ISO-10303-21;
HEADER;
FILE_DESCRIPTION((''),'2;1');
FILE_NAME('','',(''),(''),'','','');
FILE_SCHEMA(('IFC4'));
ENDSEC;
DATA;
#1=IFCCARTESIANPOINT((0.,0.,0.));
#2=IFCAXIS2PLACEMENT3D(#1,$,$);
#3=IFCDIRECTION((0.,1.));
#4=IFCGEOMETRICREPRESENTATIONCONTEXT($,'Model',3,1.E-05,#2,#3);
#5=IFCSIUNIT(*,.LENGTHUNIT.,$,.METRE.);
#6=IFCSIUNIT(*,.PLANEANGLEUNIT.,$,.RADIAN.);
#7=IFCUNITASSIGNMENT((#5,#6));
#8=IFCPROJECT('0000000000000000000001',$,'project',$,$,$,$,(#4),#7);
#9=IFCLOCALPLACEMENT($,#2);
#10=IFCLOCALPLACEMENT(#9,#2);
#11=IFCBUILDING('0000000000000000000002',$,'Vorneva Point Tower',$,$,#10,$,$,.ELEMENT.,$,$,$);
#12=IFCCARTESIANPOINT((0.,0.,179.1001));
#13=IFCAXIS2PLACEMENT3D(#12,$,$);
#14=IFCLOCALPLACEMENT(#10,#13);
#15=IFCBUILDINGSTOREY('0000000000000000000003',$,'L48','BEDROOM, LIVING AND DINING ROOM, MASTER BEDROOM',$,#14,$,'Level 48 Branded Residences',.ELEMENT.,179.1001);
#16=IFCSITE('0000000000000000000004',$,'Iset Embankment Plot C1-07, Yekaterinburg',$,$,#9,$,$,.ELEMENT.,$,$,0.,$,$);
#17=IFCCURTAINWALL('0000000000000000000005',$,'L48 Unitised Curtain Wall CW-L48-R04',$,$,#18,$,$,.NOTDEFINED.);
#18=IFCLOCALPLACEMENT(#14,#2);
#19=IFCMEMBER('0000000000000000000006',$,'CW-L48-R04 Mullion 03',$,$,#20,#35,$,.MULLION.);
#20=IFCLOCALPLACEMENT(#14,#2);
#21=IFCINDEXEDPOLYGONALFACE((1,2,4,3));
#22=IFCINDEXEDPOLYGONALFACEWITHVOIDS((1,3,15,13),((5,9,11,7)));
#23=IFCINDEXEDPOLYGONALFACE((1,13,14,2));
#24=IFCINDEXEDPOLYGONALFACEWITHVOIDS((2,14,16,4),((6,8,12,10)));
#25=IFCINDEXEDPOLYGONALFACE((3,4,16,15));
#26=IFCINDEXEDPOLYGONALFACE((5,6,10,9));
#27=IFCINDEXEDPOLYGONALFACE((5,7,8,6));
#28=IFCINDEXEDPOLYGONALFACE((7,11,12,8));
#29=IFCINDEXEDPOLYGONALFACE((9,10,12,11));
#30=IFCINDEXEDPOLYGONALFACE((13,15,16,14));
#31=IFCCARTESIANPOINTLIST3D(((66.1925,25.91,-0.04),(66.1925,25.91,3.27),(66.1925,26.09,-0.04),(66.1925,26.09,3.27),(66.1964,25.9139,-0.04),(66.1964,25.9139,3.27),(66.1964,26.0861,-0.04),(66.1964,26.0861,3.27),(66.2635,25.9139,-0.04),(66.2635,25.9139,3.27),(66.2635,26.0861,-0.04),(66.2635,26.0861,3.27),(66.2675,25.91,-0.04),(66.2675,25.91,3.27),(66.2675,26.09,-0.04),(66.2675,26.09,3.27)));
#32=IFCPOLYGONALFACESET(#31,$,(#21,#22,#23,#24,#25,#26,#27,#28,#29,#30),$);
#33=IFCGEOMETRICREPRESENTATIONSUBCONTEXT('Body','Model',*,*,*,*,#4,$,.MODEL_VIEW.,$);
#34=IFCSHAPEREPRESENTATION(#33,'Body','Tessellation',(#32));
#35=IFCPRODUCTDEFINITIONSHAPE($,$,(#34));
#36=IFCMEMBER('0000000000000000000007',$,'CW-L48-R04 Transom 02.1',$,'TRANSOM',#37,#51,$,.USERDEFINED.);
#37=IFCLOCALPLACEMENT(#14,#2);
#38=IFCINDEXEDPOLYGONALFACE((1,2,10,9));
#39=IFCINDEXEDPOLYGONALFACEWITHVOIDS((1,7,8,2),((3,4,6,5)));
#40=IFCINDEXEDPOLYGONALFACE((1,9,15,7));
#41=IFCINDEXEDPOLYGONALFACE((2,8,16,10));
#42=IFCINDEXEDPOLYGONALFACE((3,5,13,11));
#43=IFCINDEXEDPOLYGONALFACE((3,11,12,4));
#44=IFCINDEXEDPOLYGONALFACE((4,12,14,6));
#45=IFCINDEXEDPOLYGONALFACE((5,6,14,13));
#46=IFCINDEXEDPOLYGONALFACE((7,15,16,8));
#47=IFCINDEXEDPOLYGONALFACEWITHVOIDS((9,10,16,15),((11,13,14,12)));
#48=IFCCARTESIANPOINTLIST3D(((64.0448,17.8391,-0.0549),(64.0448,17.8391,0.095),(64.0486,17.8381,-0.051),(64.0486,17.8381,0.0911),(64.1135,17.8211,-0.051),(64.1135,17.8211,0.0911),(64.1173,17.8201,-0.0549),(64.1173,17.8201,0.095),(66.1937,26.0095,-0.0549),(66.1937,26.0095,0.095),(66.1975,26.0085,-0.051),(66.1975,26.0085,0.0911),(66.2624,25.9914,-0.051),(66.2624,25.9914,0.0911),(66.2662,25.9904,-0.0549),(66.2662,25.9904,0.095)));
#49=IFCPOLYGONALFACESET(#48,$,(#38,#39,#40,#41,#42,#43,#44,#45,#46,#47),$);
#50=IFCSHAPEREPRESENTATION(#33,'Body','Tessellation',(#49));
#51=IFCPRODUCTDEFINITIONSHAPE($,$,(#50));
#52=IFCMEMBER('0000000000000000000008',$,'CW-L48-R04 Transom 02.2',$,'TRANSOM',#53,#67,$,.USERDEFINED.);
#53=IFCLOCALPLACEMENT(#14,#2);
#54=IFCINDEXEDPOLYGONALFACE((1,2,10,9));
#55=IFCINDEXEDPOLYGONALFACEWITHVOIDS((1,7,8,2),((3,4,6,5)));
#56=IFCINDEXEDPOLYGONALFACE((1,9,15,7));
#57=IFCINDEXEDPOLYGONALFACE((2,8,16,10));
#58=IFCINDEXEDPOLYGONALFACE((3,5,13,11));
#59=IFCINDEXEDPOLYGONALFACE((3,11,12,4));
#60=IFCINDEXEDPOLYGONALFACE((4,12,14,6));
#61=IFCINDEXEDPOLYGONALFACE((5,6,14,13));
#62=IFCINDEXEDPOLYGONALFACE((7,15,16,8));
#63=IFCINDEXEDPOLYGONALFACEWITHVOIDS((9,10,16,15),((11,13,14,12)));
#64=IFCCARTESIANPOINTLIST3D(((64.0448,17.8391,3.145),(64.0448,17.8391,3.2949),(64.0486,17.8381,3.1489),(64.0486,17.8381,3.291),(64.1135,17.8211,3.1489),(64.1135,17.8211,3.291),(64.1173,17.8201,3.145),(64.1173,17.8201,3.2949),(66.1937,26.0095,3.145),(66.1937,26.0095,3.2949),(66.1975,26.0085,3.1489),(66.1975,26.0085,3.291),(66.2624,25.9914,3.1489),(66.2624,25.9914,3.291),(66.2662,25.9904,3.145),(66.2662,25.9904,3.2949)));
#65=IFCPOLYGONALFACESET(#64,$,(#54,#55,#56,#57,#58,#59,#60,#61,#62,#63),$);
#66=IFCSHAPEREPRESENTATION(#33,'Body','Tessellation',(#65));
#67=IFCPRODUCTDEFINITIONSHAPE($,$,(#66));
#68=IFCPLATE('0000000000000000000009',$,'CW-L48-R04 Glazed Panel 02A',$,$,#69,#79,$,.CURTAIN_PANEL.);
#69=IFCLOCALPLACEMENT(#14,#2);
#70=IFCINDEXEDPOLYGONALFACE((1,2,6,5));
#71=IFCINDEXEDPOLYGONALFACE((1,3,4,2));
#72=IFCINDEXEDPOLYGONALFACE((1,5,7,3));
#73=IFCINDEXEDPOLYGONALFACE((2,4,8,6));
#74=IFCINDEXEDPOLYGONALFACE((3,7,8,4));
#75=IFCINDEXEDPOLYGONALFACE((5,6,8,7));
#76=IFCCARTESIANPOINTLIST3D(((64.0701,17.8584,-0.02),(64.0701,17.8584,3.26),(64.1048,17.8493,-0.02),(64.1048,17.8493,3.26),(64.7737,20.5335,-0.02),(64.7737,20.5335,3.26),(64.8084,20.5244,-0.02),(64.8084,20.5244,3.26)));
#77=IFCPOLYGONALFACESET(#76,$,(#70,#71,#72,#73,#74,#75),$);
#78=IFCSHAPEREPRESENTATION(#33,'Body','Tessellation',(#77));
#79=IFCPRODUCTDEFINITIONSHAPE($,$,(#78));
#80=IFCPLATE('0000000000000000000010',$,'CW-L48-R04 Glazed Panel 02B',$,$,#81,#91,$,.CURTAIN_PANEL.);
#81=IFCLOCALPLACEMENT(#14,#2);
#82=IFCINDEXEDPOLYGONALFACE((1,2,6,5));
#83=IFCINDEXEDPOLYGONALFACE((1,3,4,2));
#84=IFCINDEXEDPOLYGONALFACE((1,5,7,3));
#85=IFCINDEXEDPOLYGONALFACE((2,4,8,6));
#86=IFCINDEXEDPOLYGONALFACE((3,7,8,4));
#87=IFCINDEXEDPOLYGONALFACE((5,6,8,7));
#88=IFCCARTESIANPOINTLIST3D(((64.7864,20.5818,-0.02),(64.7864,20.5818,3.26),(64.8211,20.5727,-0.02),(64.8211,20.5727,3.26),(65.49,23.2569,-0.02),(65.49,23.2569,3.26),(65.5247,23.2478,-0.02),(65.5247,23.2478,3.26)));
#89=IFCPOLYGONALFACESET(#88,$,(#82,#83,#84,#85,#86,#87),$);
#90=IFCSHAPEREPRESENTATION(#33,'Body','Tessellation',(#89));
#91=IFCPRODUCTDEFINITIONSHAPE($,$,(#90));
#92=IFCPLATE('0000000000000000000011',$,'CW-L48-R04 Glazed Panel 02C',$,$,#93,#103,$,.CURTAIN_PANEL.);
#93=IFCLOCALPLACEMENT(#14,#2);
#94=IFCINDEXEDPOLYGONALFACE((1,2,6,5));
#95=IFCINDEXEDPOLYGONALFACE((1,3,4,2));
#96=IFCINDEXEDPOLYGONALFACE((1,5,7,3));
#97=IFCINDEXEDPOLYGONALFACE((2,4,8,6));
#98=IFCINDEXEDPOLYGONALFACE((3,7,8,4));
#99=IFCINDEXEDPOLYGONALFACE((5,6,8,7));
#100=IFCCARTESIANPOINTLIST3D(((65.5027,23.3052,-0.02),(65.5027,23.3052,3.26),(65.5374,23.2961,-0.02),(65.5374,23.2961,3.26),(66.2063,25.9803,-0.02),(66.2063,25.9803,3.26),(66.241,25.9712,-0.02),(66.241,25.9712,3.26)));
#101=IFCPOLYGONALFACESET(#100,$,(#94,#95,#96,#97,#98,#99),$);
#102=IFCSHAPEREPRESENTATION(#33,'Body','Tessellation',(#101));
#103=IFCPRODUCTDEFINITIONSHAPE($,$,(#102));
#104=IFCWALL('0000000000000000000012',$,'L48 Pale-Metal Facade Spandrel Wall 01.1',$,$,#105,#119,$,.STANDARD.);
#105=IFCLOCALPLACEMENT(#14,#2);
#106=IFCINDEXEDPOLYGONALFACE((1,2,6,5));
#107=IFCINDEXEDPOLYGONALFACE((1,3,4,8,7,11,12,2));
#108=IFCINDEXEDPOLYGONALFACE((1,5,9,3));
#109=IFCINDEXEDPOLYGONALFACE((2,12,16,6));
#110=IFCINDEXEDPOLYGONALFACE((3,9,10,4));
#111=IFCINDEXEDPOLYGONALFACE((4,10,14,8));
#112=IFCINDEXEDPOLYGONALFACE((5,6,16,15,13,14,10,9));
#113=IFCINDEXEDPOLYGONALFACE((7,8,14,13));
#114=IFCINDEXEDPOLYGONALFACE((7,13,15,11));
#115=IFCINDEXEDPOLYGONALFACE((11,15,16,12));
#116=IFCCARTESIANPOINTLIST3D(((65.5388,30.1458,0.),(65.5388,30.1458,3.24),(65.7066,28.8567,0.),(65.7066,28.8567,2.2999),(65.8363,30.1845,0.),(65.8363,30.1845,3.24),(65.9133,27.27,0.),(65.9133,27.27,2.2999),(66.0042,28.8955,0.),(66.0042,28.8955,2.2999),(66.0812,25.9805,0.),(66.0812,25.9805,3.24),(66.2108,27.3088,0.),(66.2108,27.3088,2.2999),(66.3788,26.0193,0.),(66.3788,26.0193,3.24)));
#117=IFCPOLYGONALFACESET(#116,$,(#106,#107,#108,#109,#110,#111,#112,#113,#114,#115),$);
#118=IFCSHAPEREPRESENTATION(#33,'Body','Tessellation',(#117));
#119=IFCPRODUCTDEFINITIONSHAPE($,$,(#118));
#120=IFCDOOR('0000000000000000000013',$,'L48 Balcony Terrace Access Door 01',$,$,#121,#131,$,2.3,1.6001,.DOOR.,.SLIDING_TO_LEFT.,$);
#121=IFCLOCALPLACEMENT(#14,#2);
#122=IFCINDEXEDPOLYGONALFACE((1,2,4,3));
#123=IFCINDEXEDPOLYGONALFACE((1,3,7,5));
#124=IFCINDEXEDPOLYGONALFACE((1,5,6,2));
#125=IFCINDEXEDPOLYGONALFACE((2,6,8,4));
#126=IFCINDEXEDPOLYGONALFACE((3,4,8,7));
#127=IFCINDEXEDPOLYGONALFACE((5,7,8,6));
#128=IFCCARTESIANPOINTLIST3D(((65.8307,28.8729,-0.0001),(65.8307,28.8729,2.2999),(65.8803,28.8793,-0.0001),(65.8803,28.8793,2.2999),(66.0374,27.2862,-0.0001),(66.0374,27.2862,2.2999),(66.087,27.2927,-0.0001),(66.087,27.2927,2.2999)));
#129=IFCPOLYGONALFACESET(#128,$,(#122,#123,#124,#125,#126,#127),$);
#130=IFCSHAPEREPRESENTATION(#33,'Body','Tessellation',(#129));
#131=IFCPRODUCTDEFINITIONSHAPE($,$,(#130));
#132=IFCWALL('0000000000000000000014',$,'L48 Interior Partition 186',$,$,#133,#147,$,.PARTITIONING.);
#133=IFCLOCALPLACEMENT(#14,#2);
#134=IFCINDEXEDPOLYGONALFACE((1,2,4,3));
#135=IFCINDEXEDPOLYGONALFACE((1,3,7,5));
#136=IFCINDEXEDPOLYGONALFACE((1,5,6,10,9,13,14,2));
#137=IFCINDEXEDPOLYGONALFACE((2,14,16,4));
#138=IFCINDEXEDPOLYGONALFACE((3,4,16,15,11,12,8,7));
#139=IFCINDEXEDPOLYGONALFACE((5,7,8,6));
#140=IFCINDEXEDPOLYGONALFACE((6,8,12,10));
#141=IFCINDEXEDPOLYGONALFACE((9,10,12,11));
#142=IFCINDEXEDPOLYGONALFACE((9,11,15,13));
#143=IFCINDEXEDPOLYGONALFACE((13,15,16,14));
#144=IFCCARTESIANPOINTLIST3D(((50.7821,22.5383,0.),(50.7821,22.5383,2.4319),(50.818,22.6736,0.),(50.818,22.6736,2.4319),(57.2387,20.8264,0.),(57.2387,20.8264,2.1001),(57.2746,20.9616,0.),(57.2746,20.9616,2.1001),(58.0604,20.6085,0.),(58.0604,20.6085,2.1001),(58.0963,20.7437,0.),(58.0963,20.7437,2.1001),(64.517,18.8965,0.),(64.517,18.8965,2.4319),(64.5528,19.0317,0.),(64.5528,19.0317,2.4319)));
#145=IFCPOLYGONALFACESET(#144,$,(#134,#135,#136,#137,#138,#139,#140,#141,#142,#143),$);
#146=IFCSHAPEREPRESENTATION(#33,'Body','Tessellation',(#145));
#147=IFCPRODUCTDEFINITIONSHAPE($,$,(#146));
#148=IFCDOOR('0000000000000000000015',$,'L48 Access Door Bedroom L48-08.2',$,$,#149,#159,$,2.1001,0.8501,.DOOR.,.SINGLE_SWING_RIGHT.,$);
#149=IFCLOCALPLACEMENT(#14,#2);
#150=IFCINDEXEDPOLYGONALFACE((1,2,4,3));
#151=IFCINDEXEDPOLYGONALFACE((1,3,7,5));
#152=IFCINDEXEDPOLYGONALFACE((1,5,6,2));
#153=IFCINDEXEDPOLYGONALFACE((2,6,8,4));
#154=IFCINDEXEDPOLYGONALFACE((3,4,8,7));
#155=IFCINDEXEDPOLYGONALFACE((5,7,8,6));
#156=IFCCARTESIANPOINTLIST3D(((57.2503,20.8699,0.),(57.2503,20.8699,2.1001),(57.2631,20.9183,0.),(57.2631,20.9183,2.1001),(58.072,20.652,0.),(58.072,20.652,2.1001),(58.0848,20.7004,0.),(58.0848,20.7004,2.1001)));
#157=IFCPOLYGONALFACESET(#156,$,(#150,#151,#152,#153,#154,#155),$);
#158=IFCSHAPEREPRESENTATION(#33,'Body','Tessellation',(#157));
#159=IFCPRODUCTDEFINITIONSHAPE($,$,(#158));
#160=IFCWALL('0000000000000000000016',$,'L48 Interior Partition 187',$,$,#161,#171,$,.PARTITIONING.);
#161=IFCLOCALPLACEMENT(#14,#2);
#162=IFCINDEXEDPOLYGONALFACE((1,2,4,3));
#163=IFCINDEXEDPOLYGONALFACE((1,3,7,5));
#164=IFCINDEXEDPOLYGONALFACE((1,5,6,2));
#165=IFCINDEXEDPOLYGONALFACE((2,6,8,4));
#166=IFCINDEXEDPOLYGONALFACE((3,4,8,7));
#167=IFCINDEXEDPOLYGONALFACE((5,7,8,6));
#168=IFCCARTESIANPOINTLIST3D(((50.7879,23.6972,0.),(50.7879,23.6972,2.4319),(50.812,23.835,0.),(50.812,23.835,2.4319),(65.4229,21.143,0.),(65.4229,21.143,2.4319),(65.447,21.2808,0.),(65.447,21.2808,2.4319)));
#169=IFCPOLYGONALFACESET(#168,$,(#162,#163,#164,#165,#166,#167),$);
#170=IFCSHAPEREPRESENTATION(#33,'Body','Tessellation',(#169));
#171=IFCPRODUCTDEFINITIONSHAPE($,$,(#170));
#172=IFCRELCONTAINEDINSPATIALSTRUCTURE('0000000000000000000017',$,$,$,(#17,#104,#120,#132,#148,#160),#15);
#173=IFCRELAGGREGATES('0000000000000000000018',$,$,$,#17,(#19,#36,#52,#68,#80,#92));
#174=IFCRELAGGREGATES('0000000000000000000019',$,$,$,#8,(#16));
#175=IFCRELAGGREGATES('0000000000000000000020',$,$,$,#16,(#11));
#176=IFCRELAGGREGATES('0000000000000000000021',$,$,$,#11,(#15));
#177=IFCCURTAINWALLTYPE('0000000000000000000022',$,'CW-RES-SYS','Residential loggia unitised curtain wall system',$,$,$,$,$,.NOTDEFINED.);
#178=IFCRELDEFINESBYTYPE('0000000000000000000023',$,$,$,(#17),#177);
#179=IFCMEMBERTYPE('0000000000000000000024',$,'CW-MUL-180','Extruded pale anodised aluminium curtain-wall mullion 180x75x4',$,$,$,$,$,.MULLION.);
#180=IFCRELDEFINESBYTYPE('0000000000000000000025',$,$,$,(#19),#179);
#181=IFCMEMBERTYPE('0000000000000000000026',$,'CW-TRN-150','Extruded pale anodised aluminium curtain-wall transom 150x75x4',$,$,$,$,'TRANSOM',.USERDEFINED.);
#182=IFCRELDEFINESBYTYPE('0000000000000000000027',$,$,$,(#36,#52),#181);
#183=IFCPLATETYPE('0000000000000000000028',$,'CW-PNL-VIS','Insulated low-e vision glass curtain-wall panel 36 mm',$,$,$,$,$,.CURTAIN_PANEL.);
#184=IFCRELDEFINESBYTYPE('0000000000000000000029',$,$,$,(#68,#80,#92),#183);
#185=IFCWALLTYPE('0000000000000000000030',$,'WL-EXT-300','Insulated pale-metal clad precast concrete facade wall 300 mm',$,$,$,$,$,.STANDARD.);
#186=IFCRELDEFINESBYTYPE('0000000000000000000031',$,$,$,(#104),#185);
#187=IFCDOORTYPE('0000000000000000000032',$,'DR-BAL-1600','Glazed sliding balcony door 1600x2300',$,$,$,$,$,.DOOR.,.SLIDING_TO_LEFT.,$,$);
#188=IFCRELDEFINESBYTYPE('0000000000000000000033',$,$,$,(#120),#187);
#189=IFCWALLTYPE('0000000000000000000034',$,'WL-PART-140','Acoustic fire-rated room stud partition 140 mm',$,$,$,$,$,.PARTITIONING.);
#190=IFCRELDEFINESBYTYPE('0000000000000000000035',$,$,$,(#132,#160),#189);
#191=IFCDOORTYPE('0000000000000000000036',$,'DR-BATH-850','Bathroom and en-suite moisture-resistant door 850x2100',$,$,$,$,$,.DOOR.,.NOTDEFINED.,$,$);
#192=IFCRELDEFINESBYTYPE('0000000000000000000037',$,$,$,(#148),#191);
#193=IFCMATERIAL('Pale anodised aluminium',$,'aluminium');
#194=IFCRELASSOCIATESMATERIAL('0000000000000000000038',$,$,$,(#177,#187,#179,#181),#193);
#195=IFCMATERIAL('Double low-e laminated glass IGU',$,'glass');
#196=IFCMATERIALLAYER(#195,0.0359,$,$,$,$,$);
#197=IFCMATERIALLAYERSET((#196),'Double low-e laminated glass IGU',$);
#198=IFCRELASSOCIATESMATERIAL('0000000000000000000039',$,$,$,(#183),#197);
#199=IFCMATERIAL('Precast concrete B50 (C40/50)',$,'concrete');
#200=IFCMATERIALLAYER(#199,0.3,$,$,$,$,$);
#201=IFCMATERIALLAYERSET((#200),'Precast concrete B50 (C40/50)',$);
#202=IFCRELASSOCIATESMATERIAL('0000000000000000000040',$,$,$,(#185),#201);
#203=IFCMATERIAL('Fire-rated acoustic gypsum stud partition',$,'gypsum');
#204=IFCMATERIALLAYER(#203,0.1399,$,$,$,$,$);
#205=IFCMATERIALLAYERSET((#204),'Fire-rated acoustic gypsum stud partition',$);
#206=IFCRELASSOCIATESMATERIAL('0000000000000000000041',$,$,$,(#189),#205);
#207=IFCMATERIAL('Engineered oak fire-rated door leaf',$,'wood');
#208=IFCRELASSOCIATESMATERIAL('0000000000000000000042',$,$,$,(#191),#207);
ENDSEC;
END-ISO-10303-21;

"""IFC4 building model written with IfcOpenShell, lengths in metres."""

from ifc_helpers import new_model, si_unit, direction, frame, frame_2d, origin, origin_2d, place, context, subcontext, project, spatial, rectangle, hollow_rectangle, extrude, material, layer, layer_set, material_profile, profile_set, type_object, element, fill, aggregate, save


model = new_model("IFC4")

# Units and contexts
model_context = context("Model", 3, precision=1e-05, world=origin(), true_north=direction((0.0, 1.0)))
body_context = subcontext(model_context, "Body", "Model", "MODEL_VIEW")
ifc_project = project(units=[si_unit("LENGTHUNIT", "METRE"), si_unit("PLANEANGLEUNIT", "RADIAN")], contexts=[model_context])

# Site, building, storey
site_placement = place(None, origin())
site = spatial("IfcSite", under=ifc_project, at=site_placement, Name="Iset Embankment Plot C1-07, Yekaterinburg", CompositionType="ELEMENT", RefElevation=0.0)
building_placement = place(site_placement, origin())
building = spatial("IfcBuilding", under=site, at=building_placement, Name="Vorneva Point Tower", CompositionType="ELEMENT")
storey_placement = place(building_placement, frame((0.0, 0.0, 179.1001)))
storey = spatial("IfcBuildingStorey", under=building, at=storey_placement, Name="L48", Description="BEDROOM, LIVING AND DINING ROOM, MASTER BEDROOM", LongName="Level 48 Branded Residences", CompositionType="ELEMENT", Elevation=179.1001)

# Curtain wall, members, plates
ifc_material_1 = material(Name="Pale anodised aluminium", Category="aluminium")
curtain_wall_type = type_object("IfcCurtainWallType", Name="CW-RES-SYS", Description="Residential loggia unitised curtain wall system", PredefinedType="NOTDEFINED", material=ifc_material_1)
curtain_wall_placement = place(storey_placement, origin())
curtain_wall = element("IfcCurtainWall", 1, at=curtain_wall_placement, inside=storey, type_object=curtain_wall_type, Name="L48 Unitised Curtain Wall CW-L48-R04", PredefinedType="NOTDEFINED")
ifc_material_profile_1 = material_profile(ifc_material_1, hollow_rectangle(XDim=0.075, YDim=0.1799, WallThickness=0.0039, at=origin_2d()), Name="AL-MUL 180x75x4")
ifc_profile_set_1 = profile_set([ifc_material_profile_1], Name="Pale anodised aluminium")
member_type_1 = type_object("IfcMemberType", Name="CW-MUL-180", Description="Extruded pale anodised aluminium curtain-wall mullion 180x75x4", PredefinedType="MULLION", material=ifc_profile_set_1)
member_1_placement = place(storey_placement, frame((66.23, 26.0, -0.04), z_axis=(0.0, 0.0, 1.0), x_axis=(1.0, 0.0, 0.0)))
member_1 = element("IfcMember", 2, at=member_1_placement, type_object=member_type_1, Name="CW-L48-R04 Mullion 03", PredefinedType="MULLION", context=body_context, shape_type="SweptSolid", body=[
    extrude(hollow_rectangle(XDim=0.075, YDim=0.1799, WallThickness=0.0039, at=origin_2d()), origin(), (0.0, 0.0, 1.0), 3.3101),
])
ifc_material_profile_2 = material_profile(ifc_material_1, hollow_rectangle(XDim=0.075, YDim=0.1499, WallThickness=0.0039, at=origin_2d()), Name="AL-TRN 150x75x4")
ifc_profile_set_2 = profile_set([ifc_material_profile_2], Name="Pale anodised aluminium")
member_type_2 = type_object("IfcMemberType", Name="CW-TRN-150", Description="Extruded pale anodised aluminium curtain-wall transom 150x75x4", ElementType="TRANSOM", PredefinedType="USERDEFINED", material=ifc_profile_set_2)
member_2_placement = place(storey_placement, frame((64.0811, 17.8296, 0.02), z_axis=(0.254362, 0.967109, 0.0), x_axis=(-0.967109, 0.254362, 0.0)))
member_2 = element("IfcMember", 3, at=member_2_placement, type_object=member_type_2, Name="CW-L48-R04 Transom 02.1", ObjectType="TRANSOM", PredefinedType="USERDEFINED", context=body_context, shape_type="SweptSolid", body=[
    extrude(hollow_rectangle(XDim=0.075, YDim=0.1499, WallThickness=0.0039, at=origin_2d()), origin(), (0.0, 0.0, 1.0), 8.4482),
])
member_3_placement = place(storey_placement, frame((64.0811, 17.8296, 3.22), z_axis=(0.254362, 0.967109, 0.0), x_axis=(-0.967109, 0.254362, 0.0)))
member_3 = element("IfcMember", 4, at=member_3_placement, type_object=member_type_2, Name="CW-L48-R04 Transom 02.2", ObjectType="TRANSOM", PredefinedType="USERDEFINED", context=body_context, shape_type="SweptSolid", body=[
    extrude(hollow_rectangle(XDim=0.075, YDim=0.1499, WallThickness=0.0039, at=origin_2d()), origin(), (0.0, 0.0, 1.0), 8.4482),
])
ifc_material_2 = material(Name="Double low-e laminated glass IGU", Category="glass")
ifc_layer_1 = layer(ifc_material_2, 0.0359)
ifc_layer_set_1 = layer_set([ifc_layer_1], Name="Double low-e laminated glass IGU")
plate_type = type_object("IfcPlateType", Name="CW-PNL-VIS", Description="Insulated low-e vision glass curtain-wall panel 36 mm", PredefinedType="CURTAIN_PANEL", material=ifc_layer_set_1)
plate_1_placement = place(storey_placement, frame((64.4392, 19.1914, -0.02), z_axis=(0.0, 0.0, 1.0), x_axis=(0.254366, 0.967108, 0.0)))
plate_1 = element("IfcPlate", 5, at=plate_1_placement, type_object=plate_type, Name="CW-L48-R04 Glazed Panel 02A", PredefinedType="CURTAIN_PANEL", context=body_context, shape_type="SweptSolid", body=[
    extrude(rectangle(XDim=2.7661, YDim=0.0359, at=origin_2d()), origin(), (0.0, 0.0, 1.0), 3.28),
])
plate_2_placement = place(storey_placement, frame((65.1555, 21.9148, -0.02), z_axis=(0.0, 0.0, 1.0), x_axis=(0.254366, 0.967108, 0.0)))
plate_2 = element("IfcPlate", 6, at=plate_2_placement, type_object=plate_type, Name="CW-L48-R04 Glazed Panel 02B", PredefinedType="CURTAIN_PANEL", context=body_context, shape_type="SweptSolid", body=[
    extrude(rectangle(XDim=2.7661, YDim=0.0359, at=origin_2d()), origin(), (0.0, 0.0, 1.0), 3.28),
])
plate_3_placement = place(storey_placement, frame((65.8718, 24.6382, -0.02), z_axis=(0.0, 0.0, 1.0), x_axis=(0.254366, 0.967108, 0.0)))
plate_3 = element("IfcPlate", 7, at=plate_3_placement, type_object=plate_type, Name="CW-L48-R04 Glazed Panel 02C", PredefinedType="CURTAIN_PANEL", context=body_context, shape_type="SweptSolid", body=[
    extrude(rectangle(XDim=2.7661, YDim=0.0359, at=origin_2d()), origin(), (0.0, 0.0, 1.0), 3.28),
])
aggregate(curtain_wall, [member_1, member_2, member_3, plate_1, plate_2, plate_3])

# Walls, openings, doors
ifc_material_3 = material(Name="Precast concrete B50 (C40/50)", Category="concrete")
ifc_layer_2 = layer(ifc_material_3, 0.3)
ifc_layer_set_2 = layer_set([ifc_layer_2], Name="Precast concrete B50 (C40/50)")
wall_type_1 = type_object("IfcWallType", Name="WL-EXT-300", Description="Insulated pale-metal clad precast concrete facade wall 300 mm", PredefinedType="STANDARD", material=ifc_layer_set_2)
wall_1_placement = place(storey_placement, frame((66.23, 26.0, 0.0), z_axis=(0.0, 0.0, 1.0), x_axis=(-0.129148, 0.991625, 0.0)))
wall_1 = element("IfcWall", 8, at=wall_1_placement, inside=storey, type_object=wall_type_1, Name="L48 Pale-Metal Facade Spandrel Wall 01.1", PredefinedType="STANDARD", context=body_context, shape_type="SweptSolid", body=[
    extrude(rectangle(XDim=4.2004, YDim=0.3, at=frame_2d((2.1001, 0.0))), origin(), (0.0, 0.0, 1.0), 3.24),
])
opening_1_placement = place(wall_1_placement, frame((1.3003, 0.0, 0.0)))
opening_1 = element("IfcOpeningElement", 9, at=opening_1_placement, cuts=wall_1, PredefinedType="OPENING", context=body_context, shape_type="SweptSolid", body=[
    extrude(rectangle(XDim=1.6001, YDim=2.3, at=frame_2d((0.8, 1.1499))), frame((0.0, 0.165, 0.0), z_axis=(0.0, -1.0, 0.0), x_axis=(1.0, 0.0, 0.0)), (0.0, 0.0, 1.0), 0.3298),
])
door_type_1 = type_object("IfcDoorType", Name="DR-BAL-1600", Description="Glazed sliding balcony door 1600x2300", OperationType="SLIDING_TO_LEFT", PredefinedType="DOOR", material=ifc_material_1)
door_1_placement = place(opening_1_placement, origin())
door_1 = element("IfcDoor", 10, at=door_1_placement, inside=storey, type_object=door_type_1, Name="L48 Balcony Terrace Access Door 01", OperationType="SLIDING_TO_LEFT", OverallHeight=2.3, OverallWidth=1.6001, PredefinedType="DOOR", context=body_context, shape_type="SweptSolid", body=[
    extrude(rectangle(XDim=1.6001, YDim=2.3, at=frame_2d((0.8, 1.1499))), frame((0.0, 0.0249, 0.0), z_axis=(0.0, -1.0, 0.0), x_axis=(1.0, 0.0, 0.0)), (0.0, 0.0, 1.0), 0.05),
])
fill(opening_1, door_1)
ifc_material_4 = material(Name="Fire-rated acoustic gypsum stud partition", Category="gypsum")
ifc_layer_3 = layer(ifc_material_4, 0.1399)
ifc_layer_set_3 = layer_set([ifc_layer_3], Name="Fire-rated acoustic gypsum stud partition")
wall_type_2 = type_object("IfcWallType", Name="WL-PART-140", Description="Acoustic fire-rated room stud partition 140 mm", PredefinedType="PARTITIONING", material=ifc_layer_set_3)
wall_2_placement = place(storey_placement, frame((64.5349, 18.9641, 0.0), z_axis=(0.0, 0.0, 1.0), x_axis=(-0.966598, 0.256297, 0.0)))
wall_2 = element("IfcWall", 11, at=wall_2_placement, inside=storey, type_object=wall_type_2, Name="L48 Interior Partition 186", PredefinedType="PARTITIONING", context=body_context, shape_type="SweptSolid", body=[
    extrude(rectangle(XDim=14.2095, YDim=0.1399, at=frame_2d((7.1047, 0.0))), origin(), (0.0, 0.0, 1.0), 2.4319),
])
opening_2_placement = place(wall_2_placement, frame((6.6797, 0.0, 0.0)))
opening_2 = element("IfcOpeningElement", 12, at=opening_2_placement, cuts=wall_2, PredefinedType="OPENING", context=body_context, shape_type="SweptSolid", body=[
    extrude(rectangle(XDim=0.8501, YDim=2.1001, at=frame_2d((0.425, 1.05))), frame((0.0, 0.085, 0.0), z_axis=(0.0, -1.0, 0.0), x_axis=(1.0, 0.0, 0.0)), (0.0, 0.0, 1.0), 0.1697),
])
ifc_material_5 = material(Name="Engineered oak fire-rated door leaf", Category="wood")
door_type_2 = type_object("IfcDoorType", Name="DR-BATH-850", Description="Bathroom and en-suite moisture-resistant door 850x2100", OperationType="NOTDEFINED", PredefinedType="DOOR", material=ifc_material_5)
door_2_placement = place(opening_2_placement, origin())
door_2 = element("IfcDoor", 13, at=door_2_placement, inside=storey, type_object=door_type_2, Name="L48 Access Door Bedroom L48-08.2", OperationType="SINGLE_SWING_RIGHT", OverallHeight=2.1001, OverallWidth=0.8501, PredefinedType="DOOR", context=body_context, shape_type="SweptSolid", body=[
    extrude(rectangle(XDim=0.8501, YDim=2.1001, at=frame_2d((0.425, 1.05))), frame((0.0, 0.0249, 0.0), z_axis=(0.0, -1.0, 0.0), x_axis=(1.0, 0.0, 0.0)), (0.0, 0.0, 1.0), 0.05),
])
fill(opening_2, door_2)

# Wall
wall_3_placement = place(storey_placement, frame((65.4351, 21.2119, 0.0), z_axis=(0.0, 0.0, 1.0), x_axis=(-0.98511, 0.171928, 0.0)))
element("IfcWall", 14, at=wall_3_placement, inside=storey, type_object=wall_type_2, Name="L48 Interior Partition 187", PredefinedType="PARTITIONING", context=body_context, shape_type="SweptSolid", body=[
    extrude(rectangle(XDim=14.8562, YDim=0.1399, at=frame_2d((7.4282, 0.0))), origin(), (0.0, 0.0, 1.0), 2.4319),
])

save(model, "model.ifc")
